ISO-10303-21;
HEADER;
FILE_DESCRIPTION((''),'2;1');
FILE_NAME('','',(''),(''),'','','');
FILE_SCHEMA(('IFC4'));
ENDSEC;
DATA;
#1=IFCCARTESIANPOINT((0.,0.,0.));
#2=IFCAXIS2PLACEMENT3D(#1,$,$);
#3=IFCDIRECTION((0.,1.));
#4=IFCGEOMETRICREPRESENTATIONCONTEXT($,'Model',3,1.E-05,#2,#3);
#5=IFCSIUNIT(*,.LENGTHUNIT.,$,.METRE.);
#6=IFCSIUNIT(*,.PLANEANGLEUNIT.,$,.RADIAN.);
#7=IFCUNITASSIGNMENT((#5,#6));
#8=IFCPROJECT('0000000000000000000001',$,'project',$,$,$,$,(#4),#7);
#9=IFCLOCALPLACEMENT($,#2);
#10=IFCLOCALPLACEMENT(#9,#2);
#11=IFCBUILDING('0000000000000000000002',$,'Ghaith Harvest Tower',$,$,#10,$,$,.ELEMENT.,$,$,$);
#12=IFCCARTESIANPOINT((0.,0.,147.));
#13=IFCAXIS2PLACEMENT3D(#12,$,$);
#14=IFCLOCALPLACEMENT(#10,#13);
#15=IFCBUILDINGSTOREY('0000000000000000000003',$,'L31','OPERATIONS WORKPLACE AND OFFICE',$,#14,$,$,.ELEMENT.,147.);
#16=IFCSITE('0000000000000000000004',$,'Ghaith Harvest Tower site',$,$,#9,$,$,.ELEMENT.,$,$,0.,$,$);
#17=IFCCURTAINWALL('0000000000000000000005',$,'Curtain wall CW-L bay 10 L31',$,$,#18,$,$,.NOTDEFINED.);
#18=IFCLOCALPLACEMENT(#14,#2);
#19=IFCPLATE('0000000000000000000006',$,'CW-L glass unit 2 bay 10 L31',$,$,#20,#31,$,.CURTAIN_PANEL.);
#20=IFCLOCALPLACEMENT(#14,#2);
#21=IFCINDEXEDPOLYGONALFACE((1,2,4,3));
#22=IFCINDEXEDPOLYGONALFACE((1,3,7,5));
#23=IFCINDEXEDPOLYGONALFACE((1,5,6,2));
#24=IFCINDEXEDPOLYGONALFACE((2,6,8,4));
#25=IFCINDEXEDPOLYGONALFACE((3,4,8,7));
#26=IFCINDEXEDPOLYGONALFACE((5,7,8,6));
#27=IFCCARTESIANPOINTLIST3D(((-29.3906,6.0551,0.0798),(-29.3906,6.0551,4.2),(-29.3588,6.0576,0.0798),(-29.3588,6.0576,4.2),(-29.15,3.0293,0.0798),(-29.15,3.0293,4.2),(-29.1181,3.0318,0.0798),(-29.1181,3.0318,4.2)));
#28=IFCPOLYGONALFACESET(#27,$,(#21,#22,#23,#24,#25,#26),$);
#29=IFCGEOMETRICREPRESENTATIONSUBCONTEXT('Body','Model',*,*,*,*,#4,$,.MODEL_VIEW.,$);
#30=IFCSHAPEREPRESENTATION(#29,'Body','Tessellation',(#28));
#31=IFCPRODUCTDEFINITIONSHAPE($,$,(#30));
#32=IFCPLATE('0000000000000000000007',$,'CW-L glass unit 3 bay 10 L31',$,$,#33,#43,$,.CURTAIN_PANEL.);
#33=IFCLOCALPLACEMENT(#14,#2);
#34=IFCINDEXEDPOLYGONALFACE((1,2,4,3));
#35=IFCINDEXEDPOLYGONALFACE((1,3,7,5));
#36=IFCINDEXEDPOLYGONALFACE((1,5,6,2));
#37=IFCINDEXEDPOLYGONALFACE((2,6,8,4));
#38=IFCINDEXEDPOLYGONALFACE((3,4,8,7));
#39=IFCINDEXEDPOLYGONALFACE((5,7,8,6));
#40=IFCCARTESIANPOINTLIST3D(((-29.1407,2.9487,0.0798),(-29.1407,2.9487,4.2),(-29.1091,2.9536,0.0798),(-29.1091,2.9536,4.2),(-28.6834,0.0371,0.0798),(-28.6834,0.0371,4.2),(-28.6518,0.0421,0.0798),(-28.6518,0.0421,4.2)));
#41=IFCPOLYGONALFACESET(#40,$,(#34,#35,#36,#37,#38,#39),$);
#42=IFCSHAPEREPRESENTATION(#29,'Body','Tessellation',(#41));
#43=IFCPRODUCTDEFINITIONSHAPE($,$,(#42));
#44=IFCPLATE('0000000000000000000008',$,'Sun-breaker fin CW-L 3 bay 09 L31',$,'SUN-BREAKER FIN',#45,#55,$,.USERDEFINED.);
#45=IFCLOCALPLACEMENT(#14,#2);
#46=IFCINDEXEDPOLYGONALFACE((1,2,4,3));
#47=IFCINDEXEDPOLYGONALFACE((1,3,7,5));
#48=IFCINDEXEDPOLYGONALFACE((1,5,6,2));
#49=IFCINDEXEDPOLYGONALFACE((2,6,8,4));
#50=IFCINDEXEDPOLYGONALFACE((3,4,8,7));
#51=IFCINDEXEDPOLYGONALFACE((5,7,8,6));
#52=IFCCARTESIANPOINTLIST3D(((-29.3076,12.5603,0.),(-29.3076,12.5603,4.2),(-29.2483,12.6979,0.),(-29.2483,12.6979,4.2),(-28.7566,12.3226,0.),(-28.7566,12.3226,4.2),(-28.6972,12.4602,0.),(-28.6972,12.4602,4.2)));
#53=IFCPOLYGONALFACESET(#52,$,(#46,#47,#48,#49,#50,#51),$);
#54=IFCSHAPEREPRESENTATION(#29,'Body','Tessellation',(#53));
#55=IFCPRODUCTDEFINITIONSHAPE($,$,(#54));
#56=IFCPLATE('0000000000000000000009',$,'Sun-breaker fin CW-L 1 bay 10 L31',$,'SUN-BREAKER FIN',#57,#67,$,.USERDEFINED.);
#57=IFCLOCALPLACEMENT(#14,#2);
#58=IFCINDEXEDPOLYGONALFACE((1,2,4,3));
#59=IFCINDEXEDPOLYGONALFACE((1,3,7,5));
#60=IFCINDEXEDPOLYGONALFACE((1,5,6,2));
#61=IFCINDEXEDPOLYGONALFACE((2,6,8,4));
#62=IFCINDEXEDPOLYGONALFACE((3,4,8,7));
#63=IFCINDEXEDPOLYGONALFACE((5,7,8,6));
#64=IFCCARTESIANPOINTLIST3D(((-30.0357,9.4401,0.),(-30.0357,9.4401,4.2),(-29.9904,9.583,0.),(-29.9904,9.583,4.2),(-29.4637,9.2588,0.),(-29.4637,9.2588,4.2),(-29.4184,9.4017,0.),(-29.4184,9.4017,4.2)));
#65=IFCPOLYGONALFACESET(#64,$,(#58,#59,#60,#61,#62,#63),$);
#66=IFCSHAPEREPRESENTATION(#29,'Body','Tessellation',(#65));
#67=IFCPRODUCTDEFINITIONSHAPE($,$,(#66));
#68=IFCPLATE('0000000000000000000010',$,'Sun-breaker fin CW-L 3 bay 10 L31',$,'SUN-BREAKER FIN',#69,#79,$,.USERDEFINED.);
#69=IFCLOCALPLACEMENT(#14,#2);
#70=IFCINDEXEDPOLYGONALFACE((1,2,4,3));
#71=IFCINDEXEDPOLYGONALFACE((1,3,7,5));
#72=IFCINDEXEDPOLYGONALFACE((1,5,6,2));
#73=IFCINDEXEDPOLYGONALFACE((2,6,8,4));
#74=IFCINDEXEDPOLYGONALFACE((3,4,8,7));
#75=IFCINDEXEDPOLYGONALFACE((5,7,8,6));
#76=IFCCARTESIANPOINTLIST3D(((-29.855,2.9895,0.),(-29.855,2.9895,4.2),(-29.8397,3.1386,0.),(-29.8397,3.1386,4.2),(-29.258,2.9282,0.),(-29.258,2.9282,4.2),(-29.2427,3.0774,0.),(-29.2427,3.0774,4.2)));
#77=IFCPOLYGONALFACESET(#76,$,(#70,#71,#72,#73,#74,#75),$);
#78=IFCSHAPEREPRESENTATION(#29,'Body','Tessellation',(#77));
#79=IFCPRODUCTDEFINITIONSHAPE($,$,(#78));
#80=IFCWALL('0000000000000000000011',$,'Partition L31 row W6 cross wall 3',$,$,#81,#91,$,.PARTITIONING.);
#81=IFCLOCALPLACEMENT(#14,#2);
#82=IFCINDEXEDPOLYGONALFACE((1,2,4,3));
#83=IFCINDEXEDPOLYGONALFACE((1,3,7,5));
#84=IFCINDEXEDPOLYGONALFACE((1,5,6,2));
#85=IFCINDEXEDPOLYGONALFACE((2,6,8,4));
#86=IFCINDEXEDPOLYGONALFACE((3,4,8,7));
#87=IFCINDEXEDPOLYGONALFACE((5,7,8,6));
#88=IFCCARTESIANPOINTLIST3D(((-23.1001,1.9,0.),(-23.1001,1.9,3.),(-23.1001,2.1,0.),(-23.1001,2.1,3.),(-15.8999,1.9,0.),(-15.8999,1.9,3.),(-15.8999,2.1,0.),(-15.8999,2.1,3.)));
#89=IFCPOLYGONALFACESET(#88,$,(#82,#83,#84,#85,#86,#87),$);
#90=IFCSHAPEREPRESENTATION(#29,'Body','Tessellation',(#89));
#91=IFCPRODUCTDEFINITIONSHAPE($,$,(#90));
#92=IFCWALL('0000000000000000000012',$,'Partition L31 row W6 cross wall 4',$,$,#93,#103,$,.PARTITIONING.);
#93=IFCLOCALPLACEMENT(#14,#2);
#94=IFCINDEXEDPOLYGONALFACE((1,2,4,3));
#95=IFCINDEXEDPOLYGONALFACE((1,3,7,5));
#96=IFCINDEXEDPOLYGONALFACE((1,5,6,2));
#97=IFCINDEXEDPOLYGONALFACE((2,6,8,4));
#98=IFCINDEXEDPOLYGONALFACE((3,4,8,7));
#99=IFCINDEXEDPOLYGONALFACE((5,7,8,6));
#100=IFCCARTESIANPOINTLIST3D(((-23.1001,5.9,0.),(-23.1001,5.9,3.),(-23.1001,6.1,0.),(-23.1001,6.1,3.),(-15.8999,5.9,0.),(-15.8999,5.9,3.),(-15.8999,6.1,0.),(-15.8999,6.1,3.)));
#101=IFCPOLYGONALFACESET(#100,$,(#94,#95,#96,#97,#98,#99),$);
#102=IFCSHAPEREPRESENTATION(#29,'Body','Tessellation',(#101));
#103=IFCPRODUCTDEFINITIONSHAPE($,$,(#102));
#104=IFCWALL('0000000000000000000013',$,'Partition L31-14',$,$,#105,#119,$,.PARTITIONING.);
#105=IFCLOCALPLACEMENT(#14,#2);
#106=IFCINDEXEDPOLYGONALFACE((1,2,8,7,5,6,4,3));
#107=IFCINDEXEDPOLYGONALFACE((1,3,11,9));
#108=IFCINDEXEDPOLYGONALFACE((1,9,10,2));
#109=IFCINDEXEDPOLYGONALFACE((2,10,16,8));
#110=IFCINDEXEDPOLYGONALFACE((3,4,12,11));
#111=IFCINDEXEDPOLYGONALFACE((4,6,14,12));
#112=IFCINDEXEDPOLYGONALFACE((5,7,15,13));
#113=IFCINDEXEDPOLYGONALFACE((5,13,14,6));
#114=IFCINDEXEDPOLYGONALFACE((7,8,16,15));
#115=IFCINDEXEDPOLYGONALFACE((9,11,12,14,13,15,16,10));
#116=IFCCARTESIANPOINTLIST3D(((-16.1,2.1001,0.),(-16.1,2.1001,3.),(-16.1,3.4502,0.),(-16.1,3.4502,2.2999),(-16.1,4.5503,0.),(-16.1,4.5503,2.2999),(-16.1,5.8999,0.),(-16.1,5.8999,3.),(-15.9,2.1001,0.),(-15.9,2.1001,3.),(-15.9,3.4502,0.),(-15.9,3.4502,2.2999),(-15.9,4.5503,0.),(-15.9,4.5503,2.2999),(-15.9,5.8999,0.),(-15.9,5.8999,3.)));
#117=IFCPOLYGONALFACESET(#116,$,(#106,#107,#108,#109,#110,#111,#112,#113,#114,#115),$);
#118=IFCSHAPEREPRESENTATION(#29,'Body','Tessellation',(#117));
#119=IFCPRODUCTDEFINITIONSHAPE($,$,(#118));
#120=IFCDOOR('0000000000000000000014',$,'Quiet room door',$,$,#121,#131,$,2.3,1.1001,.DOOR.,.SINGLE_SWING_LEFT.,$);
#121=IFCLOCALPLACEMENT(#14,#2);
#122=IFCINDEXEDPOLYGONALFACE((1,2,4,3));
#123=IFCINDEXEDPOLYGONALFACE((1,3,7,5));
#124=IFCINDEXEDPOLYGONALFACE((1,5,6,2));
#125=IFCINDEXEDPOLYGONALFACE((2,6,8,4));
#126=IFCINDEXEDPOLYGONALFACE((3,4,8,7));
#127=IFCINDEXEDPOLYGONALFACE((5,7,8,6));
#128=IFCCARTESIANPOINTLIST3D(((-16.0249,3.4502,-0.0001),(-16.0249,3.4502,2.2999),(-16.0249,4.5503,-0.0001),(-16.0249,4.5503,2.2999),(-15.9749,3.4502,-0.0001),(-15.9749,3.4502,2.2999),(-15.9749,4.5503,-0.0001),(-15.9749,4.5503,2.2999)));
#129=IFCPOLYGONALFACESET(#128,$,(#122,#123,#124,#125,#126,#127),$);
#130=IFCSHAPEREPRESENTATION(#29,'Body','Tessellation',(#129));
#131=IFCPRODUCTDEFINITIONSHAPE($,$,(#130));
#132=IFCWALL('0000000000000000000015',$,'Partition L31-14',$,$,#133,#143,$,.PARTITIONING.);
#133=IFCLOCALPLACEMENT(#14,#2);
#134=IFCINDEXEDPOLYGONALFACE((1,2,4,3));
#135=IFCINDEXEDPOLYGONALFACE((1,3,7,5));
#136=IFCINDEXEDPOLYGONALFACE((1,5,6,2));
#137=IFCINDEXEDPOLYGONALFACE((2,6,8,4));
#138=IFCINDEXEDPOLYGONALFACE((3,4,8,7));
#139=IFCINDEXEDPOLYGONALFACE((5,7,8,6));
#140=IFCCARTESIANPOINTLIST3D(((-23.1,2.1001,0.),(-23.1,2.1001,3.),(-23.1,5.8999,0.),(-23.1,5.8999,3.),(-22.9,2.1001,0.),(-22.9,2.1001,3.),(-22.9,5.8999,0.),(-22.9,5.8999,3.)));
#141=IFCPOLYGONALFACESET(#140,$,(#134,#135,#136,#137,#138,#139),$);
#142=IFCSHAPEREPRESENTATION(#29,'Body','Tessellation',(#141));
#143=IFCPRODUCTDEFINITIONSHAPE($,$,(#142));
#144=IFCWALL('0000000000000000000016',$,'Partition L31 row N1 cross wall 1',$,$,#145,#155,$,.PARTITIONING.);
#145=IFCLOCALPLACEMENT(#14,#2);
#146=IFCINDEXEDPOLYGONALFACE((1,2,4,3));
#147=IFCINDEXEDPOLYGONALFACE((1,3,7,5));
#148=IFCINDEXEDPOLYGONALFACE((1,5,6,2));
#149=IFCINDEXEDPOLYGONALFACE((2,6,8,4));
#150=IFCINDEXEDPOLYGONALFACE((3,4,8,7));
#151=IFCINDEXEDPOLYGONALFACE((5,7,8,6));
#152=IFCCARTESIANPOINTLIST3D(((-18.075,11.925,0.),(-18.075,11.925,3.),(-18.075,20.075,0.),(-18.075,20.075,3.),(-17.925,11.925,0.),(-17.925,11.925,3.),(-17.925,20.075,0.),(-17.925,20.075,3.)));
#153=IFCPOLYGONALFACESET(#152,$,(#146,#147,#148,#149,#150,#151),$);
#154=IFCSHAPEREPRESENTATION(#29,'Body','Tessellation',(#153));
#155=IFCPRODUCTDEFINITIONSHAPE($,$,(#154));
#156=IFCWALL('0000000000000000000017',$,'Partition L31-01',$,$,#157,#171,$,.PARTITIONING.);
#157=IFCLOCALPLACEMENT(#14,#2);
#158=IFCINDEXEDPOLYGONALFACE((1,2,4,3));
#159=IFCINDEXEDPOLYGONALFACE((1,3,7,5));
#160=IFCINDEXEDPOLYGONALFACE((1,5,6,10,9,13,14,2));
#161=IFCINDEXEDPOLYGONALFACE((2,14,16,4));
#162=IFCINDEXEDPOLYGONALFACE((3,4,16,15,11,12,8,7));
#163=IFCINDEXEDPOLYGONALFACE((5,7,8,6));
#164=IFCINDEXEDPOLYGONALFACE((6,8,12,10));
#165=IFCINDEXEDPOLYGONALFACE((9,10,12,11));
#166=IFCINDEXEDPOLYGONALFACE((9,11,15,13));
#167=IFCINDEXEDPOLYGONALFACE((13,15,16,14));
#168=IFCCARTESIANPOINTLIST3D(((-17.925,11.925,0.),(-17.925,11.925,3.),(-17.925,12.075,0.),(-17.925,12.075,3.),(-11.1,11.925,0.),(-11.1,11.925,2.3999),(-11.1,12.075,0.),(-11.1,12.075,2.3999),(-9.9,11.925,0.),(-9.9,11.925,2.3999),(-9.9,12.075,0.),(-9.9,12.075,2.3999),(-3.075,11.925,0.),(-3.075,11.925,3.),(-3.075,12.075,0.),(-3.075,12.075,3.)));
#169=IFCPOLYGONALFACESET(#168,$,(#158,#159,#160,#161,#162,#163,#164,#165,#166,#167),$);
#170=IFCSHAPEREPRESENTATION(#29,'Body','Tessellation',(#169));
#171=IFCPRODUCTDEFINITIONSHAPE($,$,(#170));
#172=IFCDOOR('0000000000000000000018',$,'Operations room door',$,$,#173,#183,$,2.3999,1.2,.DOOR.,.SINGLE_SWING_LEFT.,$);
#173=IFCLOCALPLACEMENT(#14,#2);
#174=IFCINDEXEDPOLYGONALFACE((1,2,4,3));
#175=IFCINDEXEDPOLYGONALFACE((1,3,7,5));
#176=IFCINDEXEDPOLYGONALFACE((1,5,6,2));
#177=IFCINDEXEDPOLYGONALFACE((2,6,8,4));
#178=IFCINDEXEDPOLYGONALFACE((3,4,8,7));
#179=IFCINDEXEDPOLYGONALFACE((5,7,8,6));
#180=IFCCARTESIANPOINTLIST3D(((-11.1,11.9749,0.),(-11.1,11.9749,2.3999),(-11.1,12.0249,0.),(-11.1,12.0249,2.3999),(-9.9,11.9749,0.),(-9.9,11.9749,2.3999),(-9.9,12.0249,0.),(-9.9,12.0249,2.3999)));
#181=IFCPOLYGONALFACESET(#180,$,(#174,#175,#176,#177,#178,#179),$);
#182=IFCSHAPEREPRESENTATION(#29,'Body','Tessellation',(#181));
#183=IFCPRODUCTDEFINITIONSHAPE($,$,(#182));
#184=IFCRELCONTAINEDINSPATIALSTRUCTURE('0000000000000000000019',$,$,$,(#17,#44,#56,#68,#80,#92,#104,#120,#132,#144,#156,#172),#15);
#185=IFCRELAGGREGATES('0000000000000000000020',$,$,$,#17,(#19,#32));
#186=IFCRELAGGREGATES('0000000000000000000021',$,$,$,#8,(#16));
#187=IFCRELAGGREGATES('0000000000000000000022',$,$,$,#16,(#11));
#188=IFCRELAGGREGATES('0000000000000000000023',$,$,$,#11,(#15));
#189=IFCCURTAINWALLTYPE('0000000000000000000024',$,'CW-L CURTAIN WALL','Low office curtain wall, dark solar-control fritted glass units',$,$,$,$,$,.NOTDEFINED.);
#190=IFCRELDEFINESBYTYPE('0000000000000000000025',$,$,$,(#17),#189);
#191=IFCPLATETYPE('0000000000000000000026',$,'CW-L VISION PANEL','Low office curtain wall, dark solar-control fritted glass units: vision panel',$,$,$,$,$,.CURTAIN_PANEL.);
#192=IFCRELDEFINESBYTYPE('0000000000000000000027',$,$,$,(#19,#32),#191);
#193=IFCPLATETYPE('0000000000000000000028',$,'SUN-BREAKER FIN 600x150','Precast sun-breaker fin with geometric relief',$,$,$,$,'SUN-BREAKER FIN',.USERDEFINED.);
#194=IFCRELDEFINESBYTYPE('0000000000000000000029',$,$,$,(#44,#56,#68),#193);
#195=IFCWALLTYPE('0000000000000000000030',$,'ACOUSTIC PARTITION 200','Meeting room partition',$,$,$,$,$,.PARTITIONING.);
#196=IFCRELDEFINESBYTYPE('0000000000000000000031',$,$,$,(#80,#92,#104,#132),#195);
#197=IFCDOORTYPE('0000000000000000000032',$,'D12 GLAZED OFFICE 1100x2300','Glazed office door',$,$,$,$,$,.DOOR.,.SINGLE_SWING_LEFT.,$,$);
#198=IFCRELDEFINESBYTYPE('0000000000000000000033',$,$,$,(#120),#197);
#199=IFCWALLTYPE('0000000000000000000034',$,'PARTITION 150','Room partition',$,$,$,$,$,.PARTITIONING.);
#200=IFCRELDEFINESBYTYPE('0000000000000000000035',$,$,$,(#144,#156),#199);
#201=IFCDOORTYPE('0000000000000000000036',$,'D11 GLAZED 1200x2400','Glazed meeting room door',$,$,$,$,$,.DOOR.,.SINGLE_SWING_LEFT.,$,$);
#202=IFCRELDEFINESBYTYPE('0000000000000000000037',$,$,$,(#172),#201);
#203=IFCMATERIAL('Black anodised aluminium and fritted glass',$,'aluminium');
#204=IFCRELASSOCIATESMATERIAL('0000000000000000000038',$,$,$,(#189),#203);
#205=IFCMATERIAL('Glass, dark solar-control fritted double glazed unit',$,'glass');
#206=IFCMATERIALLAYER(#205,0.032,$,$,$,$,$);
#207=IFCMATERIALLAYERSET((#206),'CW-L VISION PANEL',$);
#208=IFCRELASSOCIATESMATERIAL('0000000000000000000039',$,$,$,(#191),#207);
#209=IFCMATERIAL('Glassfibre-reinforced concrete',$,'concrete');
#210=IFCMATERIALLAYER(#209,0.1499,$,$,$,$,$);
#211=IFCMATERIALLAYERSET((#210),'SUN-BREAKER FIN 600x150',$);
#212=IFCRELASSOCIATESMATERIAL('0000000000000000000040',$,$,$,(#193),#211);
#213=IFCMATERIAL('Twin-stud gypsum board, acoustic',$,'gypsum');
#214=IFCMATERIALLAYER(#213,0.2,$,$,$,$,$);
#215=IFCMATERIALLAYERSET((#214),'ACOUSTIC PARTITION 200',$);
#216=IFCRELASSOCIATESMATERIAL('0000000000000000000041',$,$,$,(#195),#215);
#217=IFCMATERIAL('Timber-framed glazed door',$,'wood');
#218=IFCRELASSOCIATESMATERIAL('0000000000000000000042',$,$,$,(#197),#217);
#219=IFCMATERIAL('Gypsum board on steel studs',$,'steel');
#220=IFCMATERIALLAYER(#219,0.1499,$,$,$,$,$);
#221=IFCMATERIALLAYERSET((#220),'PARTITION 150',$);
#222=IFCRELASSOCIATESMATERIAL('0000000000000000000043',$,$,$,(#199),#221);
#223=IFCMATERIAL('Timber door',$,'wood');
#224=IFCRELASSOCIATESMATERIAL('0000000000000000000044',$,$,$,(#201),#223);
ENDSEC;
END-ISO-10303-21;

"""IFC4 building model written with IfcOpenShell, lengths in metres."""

from ifc_helpers import new_model, si_unit, direction, frame, frame_2d, origin, origin_2d, place, context, subcontext, project, spatial, rectangle, extrude, material, layer, layer_set, type_object, element, fill, aggregate, save


model = new_model("IFC4")

# Units and contexts
model_context = context("Model", 3, precision=1e-05, world=origin(), true_north=direction((0.0, 1.0)))
body_context = subcontext(model_context, "Body", "Model", "MODEL_VIEW")
ifc_project = project(units=[si_unit("LENGTHUNIT", "METRE"), si_unit("PLANEANGLEUNIT", "RADIAN")], contexts=[model_context])

# Site, building, storey
site_placement = place(None, origin())
site = spatial("IfcSite", under=ifc_project, at=site_placement, Name="Ghaith Harvest Tower site", CompositionType="ELEMENT", RefElevation=0.0)
building_placement = place(site_placement, origin())
building = spatial("IfcBuilding", under=site, at=building_placement, Name="Ghaith Harvest Tower", CompositionType="ELEMENT")
storey_placement = place(building_placement, frame((0.0, 0.0, 147.0)))
storey = spatial("IfcBuildingStorey", under=building, at=storey_placement, Name="L31", Description="OPERATIONS WORKPLACE AND OFFICE", CompositionType="ELEMENT", Elevation=147.0)

# Shared definitions
ifc_material_1 = material(Name="Black anodised aluminium and fritted glass", Category="aluminium")
curtain_wall_type = type_object("IfcCurtainWallType", Name="CW-L CURTAIN WALL", Description="Low office curtain wall, dark solar-control fritted glass units", PredefinedType="NOTDEFINED", material=ifc_material_1)

# Curtain wall
curtain_wall_1_placement = place(storey_placement, origin())
curtain_wall_1 = element("IfcCurtainWall", 1, at=curtain_wall_1_placement, inside=storey, type_object=curtain_wall_type, Name="Curtain wall CW-L bay 10 L31", PredefinedType="NOTDEFINED")

# Plates
ifc_material_2 = material(Name="Glass, dark solar-control fritted double glazed unit", Category="glass")
ifc_layer_1 = layer(ifc_material_2, 0.032)
ifc_layer_set_1 = layer_set([ifc_layer_1], Name="CW-L VISION PANEL")
plate_type_1 = type_object("IfcPlateType", Name="CW-L VISION PANEL", Description="Low office curtain wall, dark solar-control fritted glass units: vision panel", PredefinedType="CURTAIN_PANEL", material=ifc_layer_set_1)
plate_1_placement = place(storey_placement, frame((-29.2544, 4.5435, 0.0798), z_axis=(0.0, 0.0, 1.0), x_axis=(0.079273, -0.996853, 0.0)))
plate_1 = element("IfcPlate", 2, at=plate_1_placement, type_object=plate_type_1, Name="CW-L glass unit 2 bay 10 L31", PredefinedType="CURTAIN_PANEL", context=body_context, shape_type="SweptSolid", body=[
    extrude(rectangle(XDim=3.0354, YDim=0.032, at=origin_2d()), origin(), (0.0, 0.0, 1.0), 4.1201),
])
plate_2_placement = place(storey_placement, frame((-28.8962, 1.4954, 0.0798), z_axis=(0.0, 0.0, 1.0), x_axis=(0.155172, -0.987887, 0.0)))
plate_2 = element("IfcPlate", 3, at=plate_2_placement, type_object=plate_type_1, Name="CW-L glass unit 3 bay 10 L31", PredefinedType="CURTAIN_PANEL", context=body_context, shape_type="SweptSolid", body=[
    extrude(rectangle(XDim=2.9473, YDim=0.032, at=origin_2d()), origin(), (0.0, 0.0, 1.0), 4.1201),
])
aggregate(curtain_wall_1, [plate_1, plate_2])

# Plates
ifc_material_3 = material(Name="Glassfibre-reinforced concrete", Category="concrete")
ifc_layer_2 = layer(ifc_material_3, 0.1499)
ifc_layer_set_2 = layer_set([ifc_layer_2], Name="SUN-BREAKER FIN 600x150")
plate_type_2 = type_object("IfcPlateType", Name="SUN-BREAKER FIN 600x150", Description="Precast sun-breaker fin with geometric relief", ElementType="SUN-BREAKER FIN", PredefinedType="USERDEFINED", material=ifc_layer_set_2)
for number, where, z_axis, x_axis, name in (
    (4, (-29.0024, 12.5103, 0.0), (0.0, 0.0, 1.0), (-0.918218, 0.396075, 0.0), "Sun-breaker fin CW-L 3 bay 09 L31"),
    (5, (-29.7271, 9.4209, 0.0), (0.0, 0.0, 1.0), (-0.953273, 0.30211, 0.0), "Sun-breaker fin CW-L 1 bay 10 L31"),
    (6, (-29.5488, 3.0334, 0.0), (0.0, 0.0, 1.0), (-0.994772, 0.102123, 0.0), "Sun-breaker fin CW-L 3 bay 10 L31"),
):
    element("IfcPlate", number, at=place(storey_placement, frame(where, z_axis=z_axis, x_axis=x_axis)), inside=storey, type_object=plate_type_2, Name=name, ObjectType="SUN-BREAKER FIN", PredefinedType="USERDEFINED", context=body_context, shape_type="SweptSolid", body=[
        extrude(rectangle(XDim=0.6001, YDim=0.1499, at=origin_2d()), origin(), (0.0, 0.0, 1.0), 4.2),
    ])

# Walls
ifc_material_4 = material(Name="Twin-stud gypsum board, acoustic", Category="gypsum")
ifc_layer_3 = layer(ifc_material_4, 0.2)
ifc_layer_set_3 = layer_set([ifc_layer_3], Name="ACOUSTIC PARTITION 200")
wall_type_1 = type_object("IfcWallType", Name="ACOUSTIC PARTITION 200", Description="Meeting room partition", PredefinedType="PARTITIONING", material=ifc_layer_set_3)
for number, where, z_axis, x_axis, name in (
    (7, (-15.8999, 2.0, 0.0), (0.0, 0.0, 1.0), (-1.0, 0.0, 0.0), "Partition L31 row W6 cross wall 3"),
    (8, (-15.8999, 6.0, 0.0), (0.0, 0.0, 1.0), (-1.0, 0.0, 0.0), "Partition L31 row W6 cross wall 4"),
):
    element("IfcWall", number, at=place(storey_placement, frame(where, z_axis=z_axis, x_axis=x_axis)), inside=storey, type_object=wall_type_1, Name=name, PredefinedType="PARTITIONING", context=body_context, shape_type="SweptSolid", body=[
        extrude(rectangle(XDim=7.2002, YDim=0.2, at=frame_2d((3.6001, 0.0))), origin(), (0.0, 0.0, 1.0), 3.0),
    ])

# Wall, opening, door
wall_1_placement = place(storey_placement, frame((-16.0, 2.1001, 0.0), z_axis=(0.0, 0.0, 1.0), x_axis=(0.0, 1.0, 0.0)))
wall_1 = element("IfcWall", 9, at=wall_1_placement, inside=storey, type_object=wall_type_1, Name="Partition L31-14", PredefinedType="PARTITIONING", context=body_context, shape_type="SweptSolid", body=[
    extrude(rectangle(XDim=3.7998, YDim=0.2, at=frame_2d((1.8999, 0.0))), origin(), (0.0, 0.0, 1.0), 3.0),
])
opening_1_placement = place(wall_1_placement, frame((1.3501, 0.0, 0.0)))
opening_1 = element("IfcOpeningElement", 10, at=opening_1_placement, cuts=wall_1, PredefinedType="OPENING", context=body_context, shape_type="SweptSolid", body=[
    extrude(rectangle(XDim=1.1001, YDim=2.3, at=frame_2d((0.55, 1.1499))), frame((0.0, 0.1099, 0.0), z_axis=(0.0, -1.0, 0.0), x_axis=(1.0, 0.0, 0.0)), (0.0, 0.0, 1.0), 0.22),
])
ifc_material_5 = material(Name="Timber-framed glazed door", Category="wood")
door_type_1 = type_object("IfcDoorType", Name="D12 GLAZED OFFICE 1100x2300", Description="Glazed office door", OperationType="SINGLE_SWING_LEFT", PredefinedType="DOOR", material=ifc_material_5)
door_1_placement = place(opening_1_placement, origin())
door_1 = element("IfcDoor", 11, at=door_1_placement, inside=storey, type_object=door_type_1, Name="Quiet room door", OperationType="SINGLE_SWING_LEFT", OverallHeight=2.3, OverallWidth=1.1001, PredefinedType="DOOR", context=body_context, shape_type="SweptSolid", body=[
    extrude(rectangle(XDim=1.1001, YDim=2.3, at=frame_2d((0.55, 1.1499))), frame((0.0, 0.0249, 0.0), z_axis=(0.0, -1.0, 0.0), x_axis=(1.0, 0.0, 0.0)), (0.0, 0.0, 1.0), 0.05),
])
fill(opening_1, door_1)

# Walls
wall_2_placement = place(storey_placement, frame((-23.0, 2.1001, 0.0), z_axis=(0.0, 0.0, 1.0), x_axis=(0.0, 1.0, 0.0)))
element("IfcWall", 12, at=wall_2_placement, inside=storey, type_object=wall_type_1, Name="Partition L31-14", PredefinedType="PARTITIONING", context=body_context, shape_type="SweptSolid", body=[
    extrude(rectangle(XDim=3.7998, YDim=0.2, at=frame_2d((1.8999, 0.0))), origin(), (0.0, 0.0, 1.0), 3.0),
])
ifc_material_6 = material(Name="Gypsum board on steel studs", Category="steel")
ifc_layer_4 = layer(ifc_material_6, 0.1499)
ifc_layer_set_4 = layer_set([ifc_layer_4], Name="PARTITION 150")
wall_type_2 = type_object("IfcWallType", Name="PARTITION 150", Description="Room partition", PredefinedType="PARTITIONING", material=ifc_layer_set_4)
wall_3_placement = place(storey_placement, frame((-18.0, 11.925, 0.0), z_axis=(0.0, 0.0, 1.0), x_axis=(0.0, 1.0, 0.0)))
element("IfcWall", 13, at=wall_3_placement, inside=storey, type_object=wall_type_2, Name="Partition L31 row N1 cross wall 1", PredefinedType="PARTITIONING", context=body_context, shape_type="SweptSolid", body=[
    extrude(rectangle(XDim=8.1499, YDim=0.1499, at=frame_2d((4.075, 0.0))), origin(), (0.0, 0.0, 1.0), 3.0),
])

# Wall, opening, door
wall_4_placement = place(storey_placement, frame((-17.925, 12.0, 0.0), z_axis=(0.0, 0.0, 1.0), x_axis=(1.0, 0.0, 0.0)))
wall_4 = element("IfcWall", 14, at=wall_4_placement, inside=storey, type_object=wall_type_2, Name="Partition L31-01", PredefinedType="PARTITIONING", context=body_context, shape_type="SweptSolid", body=[
    extrude(rectangle(XDim=14.8501, YDim=0.1499, at=frame_2d((7.425, 0.0))), origin(), (0.0, 0.0, 1.0), 3.0),
])
opening_2_placement = place(wall_4_placement, frame((6.825, 0.0, 0.0)))
opening_2 = element("IfcOpeningElement", 15, at=opening_2_placement, cuts=wall_4, PredefinedType="OPENING", context=body_context, shape_type="SweptSolid", body=[
    extrude(rectangle(XDim=1.2, YDim=2.3999, at=frame_2d((0.6001, 1.2))), frame((0.0, 0.085, 0.0), z_axis=(0.0, -1.0, 0.0), x_axis=(1.0, 0.0, 0.0)), (0.0, 0.0, 1.0), 0.1699),
])
ifc_material_7 = material(Name="Timber door", Category="wood")
door_type_2 = type_object("IfcDoorType", Name="D11 GLAZED 1200x2400", Description="Glazed meeting room door", OperationType="SINGLE_SWING_LEFT", PredefinedType="DOOR", material=ifc_material_7)
door_2_placement = place(opening_2_placement, origin())
door_2 = element("IfcDoor", 16, at=door_2_placement, inside=storey, type_object=door_type_2, Name="Operations room door", OperationType="SINGLE_SWING_LEFT", OverallHeight=2.3999, OverallWidth=1.2, PredefinedType="DOOR", context=body_context, shape_type="SweptSolid", body=[
    extrude(rectangle(XDim=1.2, YDim=2.3999, at=frame_2d((0.6001, 1.2))), frame((0.0, 0.0249, 0.0), z_axis=(0.0, -1.0, 0.0), x_axis=(1.0, 0.0, 0.0)), (0.0, 0.0, 1.0), 0.05),
])
fill(opening_2, door_2)

save(model, "model.ifc")
